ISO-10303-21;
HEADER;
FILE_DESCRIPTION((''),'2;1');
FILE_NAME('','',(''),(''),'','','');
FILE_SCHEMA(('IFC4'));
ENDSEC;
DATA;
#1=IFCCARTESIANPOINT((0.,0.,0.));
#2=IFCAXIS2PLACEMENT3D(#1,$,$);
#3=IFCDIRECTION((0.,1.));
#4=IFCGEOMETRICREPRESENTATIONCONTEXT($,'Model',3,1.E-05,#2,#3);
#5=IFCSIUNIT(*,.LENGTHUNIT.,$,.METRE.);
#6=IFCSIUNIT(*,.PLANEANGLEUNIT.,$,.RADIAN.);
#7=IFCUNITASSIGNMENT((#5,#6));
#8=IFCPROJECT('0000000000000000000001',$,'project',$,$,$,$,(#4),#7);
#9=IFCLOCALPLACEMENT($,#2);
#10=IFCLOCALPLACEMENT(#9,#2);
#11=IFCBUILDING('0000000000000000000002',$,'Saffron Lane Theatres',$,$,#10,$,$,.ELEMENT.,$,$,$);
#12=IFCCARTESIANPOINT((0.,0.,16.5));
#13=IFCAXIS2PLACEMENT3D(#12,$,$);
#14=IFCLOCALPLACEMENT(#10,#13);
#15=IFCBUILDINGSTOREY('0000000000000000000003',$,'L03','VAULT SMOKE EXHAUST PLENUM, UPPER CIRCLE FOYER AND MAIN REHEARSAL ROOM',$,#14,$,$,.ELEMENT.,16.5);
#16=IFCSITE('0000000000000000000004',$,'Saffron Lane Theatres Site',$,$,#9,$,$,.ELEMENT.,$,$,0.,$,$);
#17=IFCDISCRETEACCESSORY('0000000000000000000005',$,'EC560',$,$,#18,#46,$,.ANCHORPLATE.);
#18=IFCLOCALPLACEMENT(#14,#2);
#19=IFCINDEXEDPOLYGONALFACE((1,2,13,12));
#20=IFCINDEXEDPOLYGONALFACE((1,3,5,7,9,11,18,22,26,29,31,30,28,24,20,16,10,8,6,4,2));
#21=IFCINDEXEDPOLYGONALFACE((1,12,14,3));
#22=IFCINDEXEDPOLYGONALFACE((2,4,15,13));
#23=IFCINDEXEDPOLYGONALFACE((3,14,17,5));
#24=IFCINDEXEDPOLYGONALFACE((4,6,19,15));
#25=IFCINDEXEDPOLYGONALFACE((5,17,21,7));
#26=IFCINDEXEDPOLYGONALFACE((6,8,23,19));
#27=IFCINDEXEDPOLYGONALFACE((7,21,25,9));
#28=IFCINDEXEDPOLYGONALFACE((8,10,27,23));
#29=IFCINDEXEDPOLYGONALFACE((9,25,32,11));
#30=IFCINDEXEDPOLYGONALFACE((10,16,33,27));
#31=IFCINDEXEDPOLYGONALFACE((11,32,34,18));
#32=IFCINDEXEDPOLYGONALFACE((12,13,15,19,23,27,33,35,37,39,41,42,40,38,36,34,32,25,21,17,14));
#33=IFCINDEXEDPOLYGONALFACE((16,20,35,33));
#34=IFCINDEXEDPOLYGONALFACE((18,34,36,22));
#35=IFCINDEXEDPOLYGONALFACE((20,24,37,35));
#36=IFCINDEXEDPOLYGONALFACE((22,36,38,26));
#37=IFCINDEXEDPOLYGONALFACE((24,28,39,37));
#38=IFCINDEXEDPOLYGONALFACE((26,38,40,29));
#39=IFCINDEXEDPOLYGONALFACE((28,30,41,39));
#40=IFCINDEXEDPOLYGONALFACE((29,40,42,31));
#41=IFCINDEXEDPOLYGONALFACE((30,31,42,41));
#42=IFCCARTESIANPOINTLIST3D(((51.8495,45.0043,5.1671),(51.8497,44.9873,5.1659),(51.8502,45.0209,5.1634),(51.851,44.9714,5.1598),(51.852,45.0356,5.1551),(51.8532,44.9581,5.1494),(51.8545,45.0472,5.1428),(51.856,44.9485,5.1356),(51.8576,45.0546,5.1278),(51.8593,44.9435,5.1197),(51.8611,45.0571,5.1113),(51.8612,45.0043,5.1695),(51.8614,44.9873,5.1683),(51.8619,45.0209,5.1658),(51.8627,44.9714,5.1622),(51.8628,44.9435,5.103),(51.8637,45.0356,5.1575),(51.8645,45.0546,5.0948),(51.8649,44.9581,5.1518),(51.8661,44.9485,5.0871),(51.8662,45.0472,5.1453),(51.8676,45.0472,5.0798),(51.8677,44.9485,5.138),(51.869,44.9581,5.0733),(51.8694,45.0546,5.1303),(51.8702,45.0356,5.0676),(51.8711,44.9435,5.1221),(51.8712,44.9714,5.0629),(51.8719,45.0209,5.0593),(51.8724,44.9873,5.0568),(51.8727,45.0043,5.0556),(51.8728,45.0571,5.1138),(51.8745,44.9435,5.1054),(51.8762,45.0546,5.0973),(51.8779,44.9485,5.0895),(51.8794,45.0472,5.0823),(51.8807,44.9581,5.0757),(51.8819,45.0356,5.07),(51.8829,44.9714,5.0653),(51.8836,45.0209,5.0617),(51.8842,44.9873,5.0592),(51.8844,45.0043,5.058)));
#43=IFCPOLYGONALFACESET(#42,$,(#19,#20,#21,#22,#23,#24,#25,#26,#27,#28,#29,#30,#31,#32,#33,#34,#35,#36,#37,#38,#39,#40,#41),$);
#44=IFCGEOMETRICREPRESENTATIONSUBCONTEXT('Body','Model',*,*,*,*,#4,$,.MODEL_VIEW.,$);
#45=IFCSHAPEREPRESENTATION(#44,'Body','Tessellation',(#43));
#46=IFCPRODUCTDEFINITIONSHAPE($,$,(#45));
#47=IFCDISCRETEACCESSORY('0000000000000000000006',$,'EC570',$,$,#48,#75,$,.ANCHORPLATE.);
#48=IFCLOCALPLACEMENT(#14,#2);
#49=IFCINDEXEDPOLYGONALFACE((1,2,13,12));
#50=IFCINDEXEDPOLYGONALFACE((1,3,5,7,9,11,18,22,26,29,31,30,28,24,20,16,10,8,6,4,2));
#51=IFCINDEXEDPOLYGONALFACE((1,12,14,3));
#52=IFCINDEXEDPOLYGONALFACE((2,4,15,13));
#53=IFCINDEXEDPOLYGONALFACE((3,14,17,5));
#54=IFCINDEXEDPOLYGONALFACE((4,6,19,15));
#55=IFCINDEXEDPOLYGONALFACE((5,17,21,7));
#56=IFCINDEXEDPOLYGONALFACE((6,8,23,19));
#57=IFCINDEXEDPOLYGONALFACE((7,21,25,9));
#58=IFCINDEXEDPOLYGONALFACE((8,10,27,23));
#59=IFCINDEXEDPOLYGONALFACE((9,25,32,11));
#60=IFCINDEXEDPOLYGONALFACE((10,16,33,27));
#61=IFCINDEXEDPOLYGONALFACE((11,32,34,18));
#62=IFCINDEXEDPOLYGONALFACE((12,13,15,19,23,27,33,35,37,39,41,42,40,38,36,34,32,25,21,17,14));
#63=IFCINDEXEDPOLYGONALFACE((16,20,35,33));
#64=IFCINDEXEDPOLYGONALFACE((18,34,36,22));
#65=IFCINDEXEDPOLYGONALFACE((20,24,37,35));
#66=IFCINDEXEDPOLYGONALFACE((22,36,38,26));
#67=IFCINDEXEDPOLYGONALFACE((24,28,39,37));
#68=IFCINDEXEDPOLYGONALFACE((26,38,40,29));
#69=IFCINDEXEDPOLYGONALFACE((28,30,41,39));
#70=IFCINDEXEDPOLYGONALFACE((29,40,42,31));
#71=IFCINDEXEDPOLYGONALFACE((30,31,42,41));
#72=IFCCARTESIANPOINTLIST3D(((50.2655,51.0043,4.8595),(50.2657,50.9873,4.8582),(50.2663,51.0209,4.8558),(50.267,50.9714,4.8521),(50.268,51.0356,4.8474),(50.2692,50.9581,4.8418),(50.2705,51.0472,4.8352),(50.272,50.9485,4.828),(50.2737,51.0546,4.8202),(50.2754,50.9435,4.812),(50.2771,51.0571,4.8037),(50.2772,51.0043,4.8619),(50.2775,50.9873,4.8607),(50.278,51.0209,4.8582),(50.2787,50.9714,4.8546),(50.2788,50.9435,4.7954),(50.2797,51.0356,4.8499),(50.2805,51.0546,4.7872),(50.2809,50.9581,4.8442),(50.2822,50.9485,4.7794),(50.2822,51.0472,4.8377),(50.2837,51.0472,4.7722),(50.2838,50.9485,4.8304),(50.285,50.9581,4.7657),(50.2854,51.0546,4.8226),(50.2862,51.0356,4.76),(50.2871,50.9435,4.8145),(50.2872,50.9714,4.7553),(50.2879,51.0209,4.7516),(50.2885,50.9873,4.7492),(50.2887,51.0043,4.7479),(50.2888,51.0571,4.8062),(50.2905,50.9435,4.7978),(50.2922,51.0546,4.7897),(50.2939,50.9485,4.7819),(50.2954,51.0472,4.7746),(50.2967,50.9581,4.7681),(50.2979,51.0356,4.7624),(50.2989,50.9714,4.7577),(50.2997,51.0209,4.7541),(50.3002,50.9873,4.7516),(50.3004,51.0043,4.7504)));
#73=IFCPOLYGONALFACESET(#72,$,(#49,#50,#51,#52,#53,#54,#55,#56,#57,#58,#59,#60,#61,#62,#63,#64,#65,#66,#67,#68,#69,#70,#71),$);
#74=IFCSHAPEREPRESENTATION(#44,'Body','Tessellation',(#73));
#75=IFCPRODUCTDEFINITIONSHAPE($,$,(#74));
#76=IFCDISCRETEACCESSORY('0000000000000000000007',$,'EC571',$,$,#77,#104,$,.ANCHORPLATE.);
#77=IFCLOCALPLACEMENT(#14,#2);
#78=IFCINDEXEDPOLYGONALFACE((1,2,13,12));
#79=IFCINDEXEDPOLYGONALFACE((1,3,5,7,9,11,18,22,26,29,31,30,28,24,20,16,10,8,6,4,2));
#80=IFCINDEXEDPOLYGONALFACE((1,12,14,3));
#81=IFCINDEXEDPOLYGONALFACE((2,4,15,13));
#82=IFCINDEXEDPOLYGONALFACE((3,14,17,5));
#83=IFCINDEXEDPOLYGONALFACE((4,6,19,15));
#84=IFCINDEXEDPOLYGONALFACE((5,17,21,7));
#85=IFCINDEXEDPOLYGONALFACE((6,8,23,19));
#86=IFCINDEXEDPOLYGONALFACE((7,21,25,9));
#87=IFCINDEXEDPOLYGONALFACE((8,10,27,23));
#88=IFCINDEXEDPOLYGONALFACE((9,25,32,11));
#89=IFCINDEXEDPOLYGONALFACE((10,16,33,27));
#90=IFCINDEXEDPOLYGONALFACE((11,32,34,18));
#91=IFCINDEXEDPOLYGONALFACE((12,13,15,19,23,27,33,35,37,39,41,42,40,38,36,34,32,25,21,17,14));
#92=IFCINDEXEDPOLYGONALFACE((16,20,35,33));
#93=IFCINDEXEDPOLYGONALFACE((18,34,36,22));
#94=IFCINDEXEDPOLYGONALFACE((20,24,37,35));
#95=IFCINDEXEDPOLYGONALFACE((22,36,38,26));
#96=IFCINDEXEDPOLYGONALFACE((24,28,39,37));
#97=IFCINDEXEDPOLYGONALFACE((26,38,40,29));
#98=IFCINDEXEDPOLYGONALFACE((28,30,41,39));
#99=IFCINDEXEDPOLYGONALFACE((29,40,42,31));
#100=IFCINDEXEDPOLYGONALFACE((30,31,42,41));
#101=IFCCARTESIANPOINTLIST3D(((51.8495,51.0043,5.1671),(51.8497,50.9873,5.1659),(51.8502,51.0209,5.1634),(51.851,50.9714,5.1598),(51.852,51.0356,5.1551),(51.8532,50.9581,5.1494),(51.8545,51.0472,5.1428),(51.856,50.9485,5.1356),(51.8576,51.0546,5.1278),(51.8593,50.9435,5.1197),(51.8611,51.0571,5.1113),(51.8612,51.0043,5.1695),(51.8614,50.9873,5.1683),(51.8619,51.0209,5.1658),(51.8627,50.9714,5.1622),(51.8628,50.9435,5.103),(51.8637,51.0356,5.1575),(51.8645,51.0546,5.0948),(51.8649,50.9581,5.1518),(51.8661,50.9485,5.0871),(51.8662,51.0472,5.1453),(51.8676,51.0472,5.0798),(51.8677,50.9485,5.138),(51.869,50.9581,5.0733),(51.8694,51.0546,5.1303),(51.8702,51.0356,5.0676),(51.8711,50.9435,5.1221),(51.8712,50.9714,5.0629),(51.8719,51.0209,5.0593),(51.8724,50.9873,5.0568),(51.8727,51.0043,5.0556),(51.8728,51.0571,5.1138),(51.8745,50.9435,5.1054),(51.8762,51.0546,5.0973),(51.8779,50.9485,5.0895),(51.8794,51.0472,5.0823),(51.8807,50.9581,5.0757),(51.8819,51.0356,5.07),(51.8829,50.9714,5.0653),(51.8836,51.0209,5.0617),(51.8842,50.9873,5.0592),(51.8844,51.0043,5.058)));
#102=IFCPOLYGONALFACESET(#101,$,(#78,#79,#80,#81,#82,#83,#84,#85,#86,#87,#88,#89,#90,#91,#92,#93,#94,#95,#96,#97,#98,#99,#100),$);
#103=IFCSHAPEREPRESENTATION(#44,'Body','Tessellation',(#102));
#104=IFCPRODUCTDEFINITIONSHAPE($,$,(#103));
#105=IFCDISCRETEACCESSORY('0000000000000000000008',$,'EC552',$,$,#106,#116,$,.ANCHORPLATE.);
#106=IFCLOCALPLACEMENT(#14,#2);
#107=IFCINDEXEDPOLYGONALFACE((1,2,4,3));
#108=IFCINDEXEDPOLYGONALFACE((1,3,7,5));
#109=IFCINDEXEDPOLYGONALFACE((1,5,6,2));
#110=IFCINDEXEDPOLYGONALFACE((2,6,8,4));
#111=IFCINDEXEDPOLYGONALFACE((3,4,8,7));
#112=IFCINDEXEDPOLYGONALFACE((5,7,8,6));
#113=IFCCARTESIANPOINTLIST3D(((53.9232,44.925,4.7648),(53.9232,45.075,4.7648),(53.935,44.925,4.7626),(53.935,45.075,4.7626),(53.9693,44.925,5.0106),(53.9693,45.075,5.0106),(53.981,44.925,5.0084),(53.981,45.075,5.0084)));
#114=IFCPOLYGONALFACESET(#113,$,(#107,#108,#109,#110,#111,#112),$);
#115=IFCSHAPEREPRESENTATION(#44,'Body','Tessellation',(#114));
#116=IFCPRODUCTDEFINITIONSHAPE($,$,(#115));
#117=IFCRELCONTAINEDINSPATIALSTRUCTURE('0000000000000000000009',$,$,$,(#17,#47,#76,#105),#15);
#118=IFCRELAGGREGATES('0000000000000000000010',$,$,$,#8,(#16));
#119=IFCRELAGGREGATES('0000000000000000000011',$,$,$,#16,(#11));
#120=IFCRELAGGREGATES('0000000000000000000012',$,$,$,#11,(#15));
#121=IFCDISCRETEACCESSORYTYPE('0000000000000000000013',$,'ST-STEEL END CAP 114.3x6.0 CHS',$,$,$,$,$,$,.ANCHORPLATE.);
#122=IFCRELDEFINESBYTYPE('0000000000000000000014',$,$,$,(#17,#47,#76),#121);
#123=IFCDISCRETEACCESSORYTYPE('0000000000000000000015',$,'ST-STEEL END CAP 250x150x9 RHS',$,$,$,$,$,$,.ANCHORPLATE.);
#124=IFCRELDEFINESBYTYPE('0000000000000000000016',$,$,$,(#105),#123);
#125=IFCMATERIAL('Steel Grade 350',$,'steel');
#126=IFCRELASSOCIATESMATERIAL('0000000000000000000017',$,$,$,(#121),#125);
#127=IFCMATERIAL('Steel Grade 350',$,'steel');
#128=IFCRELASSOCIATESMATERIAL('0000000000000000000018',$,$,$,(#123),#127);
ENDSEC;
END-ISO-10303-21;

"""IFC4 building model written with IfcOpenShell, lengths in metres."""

from ifc_helpers import new_model, si_unit, direction, frame, origin, origin_2d, place, context, subcontext, project, spatial, rectangle, circle, extrude, material, material_profile, profile_set, type_object, element, save


model = new_model("IFC4")

# Units and contexts
model_context = context("Model", 3, precision=1e-05, world=origin(), true_north=direction((0.0, 1.0)))
body_context = subcontext(model_context, "Body", "Model", "MODEL_VIEW")
ifc_project = project(units=[si_unit("LENGTHUNIT", "METRE"), si_unit("PLANEANGLEUNIT", "RADIAN")], contexts=[model_context])

# Site, building, storey
site_placement = place(None, origin())
site = spatial("IfcSite", under=ifc_project, at=site_placement, Name="Saffron Lane Theatres Site", CompositionType="ELEMENT", RefElevation=0.0)
building_placement = place(site_placement, origin())
building = spatial("IfcBuilding", under=site, at=building_placement, Name="Saffron Lane Theatres", CompositionType="ELEMENT")
storey_placement = place(building_placement, frame((0.0, 0.0, 16.5)))
storey = spatial("IfcBuildingStorey", under=building, at=storey_placement, Name="L03", Description="VAULT SMOKE EXHAUST PLENUM, UPPER CIRCLE FOYER AND MAIN REHEARSAL ROOM", CompositionType="ELEMENT", Elevation=16.5)

# Discrete accessories
ifc_material_1 = material(Name="Steel Grade 350", Category="steel")
ifc_material_profile_1 = material_profile(ifc_material_1, circle(Radius=0.0571, at=origin_2d()))
ifc_profile_set_1 = profile_set([ifc_material_profile_1], Name="Steel Grade 350")
discrete_accessory_type_1 = type_object("IfcDiscreteAccessoryType", Name="ST-STEEL END CAP 114.3x6.0 CHS", PredefinedType="ANCHORPLATE", material=ifc_profile_set_1)
for number, where, z_axis, x_axis, name in (
    (1, (51.8611, 45.0, 5.1113), (0.97898, 0.0, 0.203954), (0.0, 1.0, 0.0), "EC560"),
    (2, (50.2771, 51.0, 4.8037), (0.97898, 0.0, 0.203954), (0.0, 1.0, 0.0), "EC570"),
    (3, (51.8611, 51.0, 5.1113), (0.97898, 0.0, 0.203954), (0.0, 1.0, 0.0), "EC571"),
):
    element("IfcDiscreteAccessory", number, at=place(storey_placement, frame(where, z_axis=z_axis, x_axis=x_axis)), inside=storey, type_object=discrete_accessory_type_1, Name=name, PredefinedType="ANCHORPLATE", context=body_context, shape_type="SweptSolid", body=[
        extrude(circle(Radius=0.0571, at=origin_2d()), origin(), (0.0, 0.0, 1.0), 0.012),
    ])
ifc_material_2 = material(Name="Steel Grade 350", Category="steel")
ifc_material_profile_2 = material_profile(ifc_material_2, rectangle(XDim=0.1499, YDim=0.25, at=origin_2d()))
ifc_profile_set_2 = profile_set([ifc_material_profile_2], Name="Steel Grade 350")
discrete_accessory_type_2 = type_object("IfcDiscreteAccessoryType", Name="ST-STEEL END CAP 250x150x9 RHS", PredefinedType="ANCHORPLATE", material=ifc_profile_set_2)
discrete_accessory_1_placement = place(storey_placement, frame((53.958, 45.0, 4.8855), z_axis=(-0.982872, 0.0, 0.184289), x_axis=(0.0, -1.0, 0.0)))
element("IfcDiscreteAccessory", 4, at=discrete_accessory_1_placement, inside=storey, type_object=discrete_accessory_type_2, Name="EC552", PredefinedType="ANCHORPLATE", context=body_context, shape_type="SweptSolid", body=[
    extrude(rectangle(XDim=0.1499, YDim=0.25, at=origin_2d()), origin(), (0.0, 0.0, 1.0), 0.012),
])

save(model, "model.ifc")
